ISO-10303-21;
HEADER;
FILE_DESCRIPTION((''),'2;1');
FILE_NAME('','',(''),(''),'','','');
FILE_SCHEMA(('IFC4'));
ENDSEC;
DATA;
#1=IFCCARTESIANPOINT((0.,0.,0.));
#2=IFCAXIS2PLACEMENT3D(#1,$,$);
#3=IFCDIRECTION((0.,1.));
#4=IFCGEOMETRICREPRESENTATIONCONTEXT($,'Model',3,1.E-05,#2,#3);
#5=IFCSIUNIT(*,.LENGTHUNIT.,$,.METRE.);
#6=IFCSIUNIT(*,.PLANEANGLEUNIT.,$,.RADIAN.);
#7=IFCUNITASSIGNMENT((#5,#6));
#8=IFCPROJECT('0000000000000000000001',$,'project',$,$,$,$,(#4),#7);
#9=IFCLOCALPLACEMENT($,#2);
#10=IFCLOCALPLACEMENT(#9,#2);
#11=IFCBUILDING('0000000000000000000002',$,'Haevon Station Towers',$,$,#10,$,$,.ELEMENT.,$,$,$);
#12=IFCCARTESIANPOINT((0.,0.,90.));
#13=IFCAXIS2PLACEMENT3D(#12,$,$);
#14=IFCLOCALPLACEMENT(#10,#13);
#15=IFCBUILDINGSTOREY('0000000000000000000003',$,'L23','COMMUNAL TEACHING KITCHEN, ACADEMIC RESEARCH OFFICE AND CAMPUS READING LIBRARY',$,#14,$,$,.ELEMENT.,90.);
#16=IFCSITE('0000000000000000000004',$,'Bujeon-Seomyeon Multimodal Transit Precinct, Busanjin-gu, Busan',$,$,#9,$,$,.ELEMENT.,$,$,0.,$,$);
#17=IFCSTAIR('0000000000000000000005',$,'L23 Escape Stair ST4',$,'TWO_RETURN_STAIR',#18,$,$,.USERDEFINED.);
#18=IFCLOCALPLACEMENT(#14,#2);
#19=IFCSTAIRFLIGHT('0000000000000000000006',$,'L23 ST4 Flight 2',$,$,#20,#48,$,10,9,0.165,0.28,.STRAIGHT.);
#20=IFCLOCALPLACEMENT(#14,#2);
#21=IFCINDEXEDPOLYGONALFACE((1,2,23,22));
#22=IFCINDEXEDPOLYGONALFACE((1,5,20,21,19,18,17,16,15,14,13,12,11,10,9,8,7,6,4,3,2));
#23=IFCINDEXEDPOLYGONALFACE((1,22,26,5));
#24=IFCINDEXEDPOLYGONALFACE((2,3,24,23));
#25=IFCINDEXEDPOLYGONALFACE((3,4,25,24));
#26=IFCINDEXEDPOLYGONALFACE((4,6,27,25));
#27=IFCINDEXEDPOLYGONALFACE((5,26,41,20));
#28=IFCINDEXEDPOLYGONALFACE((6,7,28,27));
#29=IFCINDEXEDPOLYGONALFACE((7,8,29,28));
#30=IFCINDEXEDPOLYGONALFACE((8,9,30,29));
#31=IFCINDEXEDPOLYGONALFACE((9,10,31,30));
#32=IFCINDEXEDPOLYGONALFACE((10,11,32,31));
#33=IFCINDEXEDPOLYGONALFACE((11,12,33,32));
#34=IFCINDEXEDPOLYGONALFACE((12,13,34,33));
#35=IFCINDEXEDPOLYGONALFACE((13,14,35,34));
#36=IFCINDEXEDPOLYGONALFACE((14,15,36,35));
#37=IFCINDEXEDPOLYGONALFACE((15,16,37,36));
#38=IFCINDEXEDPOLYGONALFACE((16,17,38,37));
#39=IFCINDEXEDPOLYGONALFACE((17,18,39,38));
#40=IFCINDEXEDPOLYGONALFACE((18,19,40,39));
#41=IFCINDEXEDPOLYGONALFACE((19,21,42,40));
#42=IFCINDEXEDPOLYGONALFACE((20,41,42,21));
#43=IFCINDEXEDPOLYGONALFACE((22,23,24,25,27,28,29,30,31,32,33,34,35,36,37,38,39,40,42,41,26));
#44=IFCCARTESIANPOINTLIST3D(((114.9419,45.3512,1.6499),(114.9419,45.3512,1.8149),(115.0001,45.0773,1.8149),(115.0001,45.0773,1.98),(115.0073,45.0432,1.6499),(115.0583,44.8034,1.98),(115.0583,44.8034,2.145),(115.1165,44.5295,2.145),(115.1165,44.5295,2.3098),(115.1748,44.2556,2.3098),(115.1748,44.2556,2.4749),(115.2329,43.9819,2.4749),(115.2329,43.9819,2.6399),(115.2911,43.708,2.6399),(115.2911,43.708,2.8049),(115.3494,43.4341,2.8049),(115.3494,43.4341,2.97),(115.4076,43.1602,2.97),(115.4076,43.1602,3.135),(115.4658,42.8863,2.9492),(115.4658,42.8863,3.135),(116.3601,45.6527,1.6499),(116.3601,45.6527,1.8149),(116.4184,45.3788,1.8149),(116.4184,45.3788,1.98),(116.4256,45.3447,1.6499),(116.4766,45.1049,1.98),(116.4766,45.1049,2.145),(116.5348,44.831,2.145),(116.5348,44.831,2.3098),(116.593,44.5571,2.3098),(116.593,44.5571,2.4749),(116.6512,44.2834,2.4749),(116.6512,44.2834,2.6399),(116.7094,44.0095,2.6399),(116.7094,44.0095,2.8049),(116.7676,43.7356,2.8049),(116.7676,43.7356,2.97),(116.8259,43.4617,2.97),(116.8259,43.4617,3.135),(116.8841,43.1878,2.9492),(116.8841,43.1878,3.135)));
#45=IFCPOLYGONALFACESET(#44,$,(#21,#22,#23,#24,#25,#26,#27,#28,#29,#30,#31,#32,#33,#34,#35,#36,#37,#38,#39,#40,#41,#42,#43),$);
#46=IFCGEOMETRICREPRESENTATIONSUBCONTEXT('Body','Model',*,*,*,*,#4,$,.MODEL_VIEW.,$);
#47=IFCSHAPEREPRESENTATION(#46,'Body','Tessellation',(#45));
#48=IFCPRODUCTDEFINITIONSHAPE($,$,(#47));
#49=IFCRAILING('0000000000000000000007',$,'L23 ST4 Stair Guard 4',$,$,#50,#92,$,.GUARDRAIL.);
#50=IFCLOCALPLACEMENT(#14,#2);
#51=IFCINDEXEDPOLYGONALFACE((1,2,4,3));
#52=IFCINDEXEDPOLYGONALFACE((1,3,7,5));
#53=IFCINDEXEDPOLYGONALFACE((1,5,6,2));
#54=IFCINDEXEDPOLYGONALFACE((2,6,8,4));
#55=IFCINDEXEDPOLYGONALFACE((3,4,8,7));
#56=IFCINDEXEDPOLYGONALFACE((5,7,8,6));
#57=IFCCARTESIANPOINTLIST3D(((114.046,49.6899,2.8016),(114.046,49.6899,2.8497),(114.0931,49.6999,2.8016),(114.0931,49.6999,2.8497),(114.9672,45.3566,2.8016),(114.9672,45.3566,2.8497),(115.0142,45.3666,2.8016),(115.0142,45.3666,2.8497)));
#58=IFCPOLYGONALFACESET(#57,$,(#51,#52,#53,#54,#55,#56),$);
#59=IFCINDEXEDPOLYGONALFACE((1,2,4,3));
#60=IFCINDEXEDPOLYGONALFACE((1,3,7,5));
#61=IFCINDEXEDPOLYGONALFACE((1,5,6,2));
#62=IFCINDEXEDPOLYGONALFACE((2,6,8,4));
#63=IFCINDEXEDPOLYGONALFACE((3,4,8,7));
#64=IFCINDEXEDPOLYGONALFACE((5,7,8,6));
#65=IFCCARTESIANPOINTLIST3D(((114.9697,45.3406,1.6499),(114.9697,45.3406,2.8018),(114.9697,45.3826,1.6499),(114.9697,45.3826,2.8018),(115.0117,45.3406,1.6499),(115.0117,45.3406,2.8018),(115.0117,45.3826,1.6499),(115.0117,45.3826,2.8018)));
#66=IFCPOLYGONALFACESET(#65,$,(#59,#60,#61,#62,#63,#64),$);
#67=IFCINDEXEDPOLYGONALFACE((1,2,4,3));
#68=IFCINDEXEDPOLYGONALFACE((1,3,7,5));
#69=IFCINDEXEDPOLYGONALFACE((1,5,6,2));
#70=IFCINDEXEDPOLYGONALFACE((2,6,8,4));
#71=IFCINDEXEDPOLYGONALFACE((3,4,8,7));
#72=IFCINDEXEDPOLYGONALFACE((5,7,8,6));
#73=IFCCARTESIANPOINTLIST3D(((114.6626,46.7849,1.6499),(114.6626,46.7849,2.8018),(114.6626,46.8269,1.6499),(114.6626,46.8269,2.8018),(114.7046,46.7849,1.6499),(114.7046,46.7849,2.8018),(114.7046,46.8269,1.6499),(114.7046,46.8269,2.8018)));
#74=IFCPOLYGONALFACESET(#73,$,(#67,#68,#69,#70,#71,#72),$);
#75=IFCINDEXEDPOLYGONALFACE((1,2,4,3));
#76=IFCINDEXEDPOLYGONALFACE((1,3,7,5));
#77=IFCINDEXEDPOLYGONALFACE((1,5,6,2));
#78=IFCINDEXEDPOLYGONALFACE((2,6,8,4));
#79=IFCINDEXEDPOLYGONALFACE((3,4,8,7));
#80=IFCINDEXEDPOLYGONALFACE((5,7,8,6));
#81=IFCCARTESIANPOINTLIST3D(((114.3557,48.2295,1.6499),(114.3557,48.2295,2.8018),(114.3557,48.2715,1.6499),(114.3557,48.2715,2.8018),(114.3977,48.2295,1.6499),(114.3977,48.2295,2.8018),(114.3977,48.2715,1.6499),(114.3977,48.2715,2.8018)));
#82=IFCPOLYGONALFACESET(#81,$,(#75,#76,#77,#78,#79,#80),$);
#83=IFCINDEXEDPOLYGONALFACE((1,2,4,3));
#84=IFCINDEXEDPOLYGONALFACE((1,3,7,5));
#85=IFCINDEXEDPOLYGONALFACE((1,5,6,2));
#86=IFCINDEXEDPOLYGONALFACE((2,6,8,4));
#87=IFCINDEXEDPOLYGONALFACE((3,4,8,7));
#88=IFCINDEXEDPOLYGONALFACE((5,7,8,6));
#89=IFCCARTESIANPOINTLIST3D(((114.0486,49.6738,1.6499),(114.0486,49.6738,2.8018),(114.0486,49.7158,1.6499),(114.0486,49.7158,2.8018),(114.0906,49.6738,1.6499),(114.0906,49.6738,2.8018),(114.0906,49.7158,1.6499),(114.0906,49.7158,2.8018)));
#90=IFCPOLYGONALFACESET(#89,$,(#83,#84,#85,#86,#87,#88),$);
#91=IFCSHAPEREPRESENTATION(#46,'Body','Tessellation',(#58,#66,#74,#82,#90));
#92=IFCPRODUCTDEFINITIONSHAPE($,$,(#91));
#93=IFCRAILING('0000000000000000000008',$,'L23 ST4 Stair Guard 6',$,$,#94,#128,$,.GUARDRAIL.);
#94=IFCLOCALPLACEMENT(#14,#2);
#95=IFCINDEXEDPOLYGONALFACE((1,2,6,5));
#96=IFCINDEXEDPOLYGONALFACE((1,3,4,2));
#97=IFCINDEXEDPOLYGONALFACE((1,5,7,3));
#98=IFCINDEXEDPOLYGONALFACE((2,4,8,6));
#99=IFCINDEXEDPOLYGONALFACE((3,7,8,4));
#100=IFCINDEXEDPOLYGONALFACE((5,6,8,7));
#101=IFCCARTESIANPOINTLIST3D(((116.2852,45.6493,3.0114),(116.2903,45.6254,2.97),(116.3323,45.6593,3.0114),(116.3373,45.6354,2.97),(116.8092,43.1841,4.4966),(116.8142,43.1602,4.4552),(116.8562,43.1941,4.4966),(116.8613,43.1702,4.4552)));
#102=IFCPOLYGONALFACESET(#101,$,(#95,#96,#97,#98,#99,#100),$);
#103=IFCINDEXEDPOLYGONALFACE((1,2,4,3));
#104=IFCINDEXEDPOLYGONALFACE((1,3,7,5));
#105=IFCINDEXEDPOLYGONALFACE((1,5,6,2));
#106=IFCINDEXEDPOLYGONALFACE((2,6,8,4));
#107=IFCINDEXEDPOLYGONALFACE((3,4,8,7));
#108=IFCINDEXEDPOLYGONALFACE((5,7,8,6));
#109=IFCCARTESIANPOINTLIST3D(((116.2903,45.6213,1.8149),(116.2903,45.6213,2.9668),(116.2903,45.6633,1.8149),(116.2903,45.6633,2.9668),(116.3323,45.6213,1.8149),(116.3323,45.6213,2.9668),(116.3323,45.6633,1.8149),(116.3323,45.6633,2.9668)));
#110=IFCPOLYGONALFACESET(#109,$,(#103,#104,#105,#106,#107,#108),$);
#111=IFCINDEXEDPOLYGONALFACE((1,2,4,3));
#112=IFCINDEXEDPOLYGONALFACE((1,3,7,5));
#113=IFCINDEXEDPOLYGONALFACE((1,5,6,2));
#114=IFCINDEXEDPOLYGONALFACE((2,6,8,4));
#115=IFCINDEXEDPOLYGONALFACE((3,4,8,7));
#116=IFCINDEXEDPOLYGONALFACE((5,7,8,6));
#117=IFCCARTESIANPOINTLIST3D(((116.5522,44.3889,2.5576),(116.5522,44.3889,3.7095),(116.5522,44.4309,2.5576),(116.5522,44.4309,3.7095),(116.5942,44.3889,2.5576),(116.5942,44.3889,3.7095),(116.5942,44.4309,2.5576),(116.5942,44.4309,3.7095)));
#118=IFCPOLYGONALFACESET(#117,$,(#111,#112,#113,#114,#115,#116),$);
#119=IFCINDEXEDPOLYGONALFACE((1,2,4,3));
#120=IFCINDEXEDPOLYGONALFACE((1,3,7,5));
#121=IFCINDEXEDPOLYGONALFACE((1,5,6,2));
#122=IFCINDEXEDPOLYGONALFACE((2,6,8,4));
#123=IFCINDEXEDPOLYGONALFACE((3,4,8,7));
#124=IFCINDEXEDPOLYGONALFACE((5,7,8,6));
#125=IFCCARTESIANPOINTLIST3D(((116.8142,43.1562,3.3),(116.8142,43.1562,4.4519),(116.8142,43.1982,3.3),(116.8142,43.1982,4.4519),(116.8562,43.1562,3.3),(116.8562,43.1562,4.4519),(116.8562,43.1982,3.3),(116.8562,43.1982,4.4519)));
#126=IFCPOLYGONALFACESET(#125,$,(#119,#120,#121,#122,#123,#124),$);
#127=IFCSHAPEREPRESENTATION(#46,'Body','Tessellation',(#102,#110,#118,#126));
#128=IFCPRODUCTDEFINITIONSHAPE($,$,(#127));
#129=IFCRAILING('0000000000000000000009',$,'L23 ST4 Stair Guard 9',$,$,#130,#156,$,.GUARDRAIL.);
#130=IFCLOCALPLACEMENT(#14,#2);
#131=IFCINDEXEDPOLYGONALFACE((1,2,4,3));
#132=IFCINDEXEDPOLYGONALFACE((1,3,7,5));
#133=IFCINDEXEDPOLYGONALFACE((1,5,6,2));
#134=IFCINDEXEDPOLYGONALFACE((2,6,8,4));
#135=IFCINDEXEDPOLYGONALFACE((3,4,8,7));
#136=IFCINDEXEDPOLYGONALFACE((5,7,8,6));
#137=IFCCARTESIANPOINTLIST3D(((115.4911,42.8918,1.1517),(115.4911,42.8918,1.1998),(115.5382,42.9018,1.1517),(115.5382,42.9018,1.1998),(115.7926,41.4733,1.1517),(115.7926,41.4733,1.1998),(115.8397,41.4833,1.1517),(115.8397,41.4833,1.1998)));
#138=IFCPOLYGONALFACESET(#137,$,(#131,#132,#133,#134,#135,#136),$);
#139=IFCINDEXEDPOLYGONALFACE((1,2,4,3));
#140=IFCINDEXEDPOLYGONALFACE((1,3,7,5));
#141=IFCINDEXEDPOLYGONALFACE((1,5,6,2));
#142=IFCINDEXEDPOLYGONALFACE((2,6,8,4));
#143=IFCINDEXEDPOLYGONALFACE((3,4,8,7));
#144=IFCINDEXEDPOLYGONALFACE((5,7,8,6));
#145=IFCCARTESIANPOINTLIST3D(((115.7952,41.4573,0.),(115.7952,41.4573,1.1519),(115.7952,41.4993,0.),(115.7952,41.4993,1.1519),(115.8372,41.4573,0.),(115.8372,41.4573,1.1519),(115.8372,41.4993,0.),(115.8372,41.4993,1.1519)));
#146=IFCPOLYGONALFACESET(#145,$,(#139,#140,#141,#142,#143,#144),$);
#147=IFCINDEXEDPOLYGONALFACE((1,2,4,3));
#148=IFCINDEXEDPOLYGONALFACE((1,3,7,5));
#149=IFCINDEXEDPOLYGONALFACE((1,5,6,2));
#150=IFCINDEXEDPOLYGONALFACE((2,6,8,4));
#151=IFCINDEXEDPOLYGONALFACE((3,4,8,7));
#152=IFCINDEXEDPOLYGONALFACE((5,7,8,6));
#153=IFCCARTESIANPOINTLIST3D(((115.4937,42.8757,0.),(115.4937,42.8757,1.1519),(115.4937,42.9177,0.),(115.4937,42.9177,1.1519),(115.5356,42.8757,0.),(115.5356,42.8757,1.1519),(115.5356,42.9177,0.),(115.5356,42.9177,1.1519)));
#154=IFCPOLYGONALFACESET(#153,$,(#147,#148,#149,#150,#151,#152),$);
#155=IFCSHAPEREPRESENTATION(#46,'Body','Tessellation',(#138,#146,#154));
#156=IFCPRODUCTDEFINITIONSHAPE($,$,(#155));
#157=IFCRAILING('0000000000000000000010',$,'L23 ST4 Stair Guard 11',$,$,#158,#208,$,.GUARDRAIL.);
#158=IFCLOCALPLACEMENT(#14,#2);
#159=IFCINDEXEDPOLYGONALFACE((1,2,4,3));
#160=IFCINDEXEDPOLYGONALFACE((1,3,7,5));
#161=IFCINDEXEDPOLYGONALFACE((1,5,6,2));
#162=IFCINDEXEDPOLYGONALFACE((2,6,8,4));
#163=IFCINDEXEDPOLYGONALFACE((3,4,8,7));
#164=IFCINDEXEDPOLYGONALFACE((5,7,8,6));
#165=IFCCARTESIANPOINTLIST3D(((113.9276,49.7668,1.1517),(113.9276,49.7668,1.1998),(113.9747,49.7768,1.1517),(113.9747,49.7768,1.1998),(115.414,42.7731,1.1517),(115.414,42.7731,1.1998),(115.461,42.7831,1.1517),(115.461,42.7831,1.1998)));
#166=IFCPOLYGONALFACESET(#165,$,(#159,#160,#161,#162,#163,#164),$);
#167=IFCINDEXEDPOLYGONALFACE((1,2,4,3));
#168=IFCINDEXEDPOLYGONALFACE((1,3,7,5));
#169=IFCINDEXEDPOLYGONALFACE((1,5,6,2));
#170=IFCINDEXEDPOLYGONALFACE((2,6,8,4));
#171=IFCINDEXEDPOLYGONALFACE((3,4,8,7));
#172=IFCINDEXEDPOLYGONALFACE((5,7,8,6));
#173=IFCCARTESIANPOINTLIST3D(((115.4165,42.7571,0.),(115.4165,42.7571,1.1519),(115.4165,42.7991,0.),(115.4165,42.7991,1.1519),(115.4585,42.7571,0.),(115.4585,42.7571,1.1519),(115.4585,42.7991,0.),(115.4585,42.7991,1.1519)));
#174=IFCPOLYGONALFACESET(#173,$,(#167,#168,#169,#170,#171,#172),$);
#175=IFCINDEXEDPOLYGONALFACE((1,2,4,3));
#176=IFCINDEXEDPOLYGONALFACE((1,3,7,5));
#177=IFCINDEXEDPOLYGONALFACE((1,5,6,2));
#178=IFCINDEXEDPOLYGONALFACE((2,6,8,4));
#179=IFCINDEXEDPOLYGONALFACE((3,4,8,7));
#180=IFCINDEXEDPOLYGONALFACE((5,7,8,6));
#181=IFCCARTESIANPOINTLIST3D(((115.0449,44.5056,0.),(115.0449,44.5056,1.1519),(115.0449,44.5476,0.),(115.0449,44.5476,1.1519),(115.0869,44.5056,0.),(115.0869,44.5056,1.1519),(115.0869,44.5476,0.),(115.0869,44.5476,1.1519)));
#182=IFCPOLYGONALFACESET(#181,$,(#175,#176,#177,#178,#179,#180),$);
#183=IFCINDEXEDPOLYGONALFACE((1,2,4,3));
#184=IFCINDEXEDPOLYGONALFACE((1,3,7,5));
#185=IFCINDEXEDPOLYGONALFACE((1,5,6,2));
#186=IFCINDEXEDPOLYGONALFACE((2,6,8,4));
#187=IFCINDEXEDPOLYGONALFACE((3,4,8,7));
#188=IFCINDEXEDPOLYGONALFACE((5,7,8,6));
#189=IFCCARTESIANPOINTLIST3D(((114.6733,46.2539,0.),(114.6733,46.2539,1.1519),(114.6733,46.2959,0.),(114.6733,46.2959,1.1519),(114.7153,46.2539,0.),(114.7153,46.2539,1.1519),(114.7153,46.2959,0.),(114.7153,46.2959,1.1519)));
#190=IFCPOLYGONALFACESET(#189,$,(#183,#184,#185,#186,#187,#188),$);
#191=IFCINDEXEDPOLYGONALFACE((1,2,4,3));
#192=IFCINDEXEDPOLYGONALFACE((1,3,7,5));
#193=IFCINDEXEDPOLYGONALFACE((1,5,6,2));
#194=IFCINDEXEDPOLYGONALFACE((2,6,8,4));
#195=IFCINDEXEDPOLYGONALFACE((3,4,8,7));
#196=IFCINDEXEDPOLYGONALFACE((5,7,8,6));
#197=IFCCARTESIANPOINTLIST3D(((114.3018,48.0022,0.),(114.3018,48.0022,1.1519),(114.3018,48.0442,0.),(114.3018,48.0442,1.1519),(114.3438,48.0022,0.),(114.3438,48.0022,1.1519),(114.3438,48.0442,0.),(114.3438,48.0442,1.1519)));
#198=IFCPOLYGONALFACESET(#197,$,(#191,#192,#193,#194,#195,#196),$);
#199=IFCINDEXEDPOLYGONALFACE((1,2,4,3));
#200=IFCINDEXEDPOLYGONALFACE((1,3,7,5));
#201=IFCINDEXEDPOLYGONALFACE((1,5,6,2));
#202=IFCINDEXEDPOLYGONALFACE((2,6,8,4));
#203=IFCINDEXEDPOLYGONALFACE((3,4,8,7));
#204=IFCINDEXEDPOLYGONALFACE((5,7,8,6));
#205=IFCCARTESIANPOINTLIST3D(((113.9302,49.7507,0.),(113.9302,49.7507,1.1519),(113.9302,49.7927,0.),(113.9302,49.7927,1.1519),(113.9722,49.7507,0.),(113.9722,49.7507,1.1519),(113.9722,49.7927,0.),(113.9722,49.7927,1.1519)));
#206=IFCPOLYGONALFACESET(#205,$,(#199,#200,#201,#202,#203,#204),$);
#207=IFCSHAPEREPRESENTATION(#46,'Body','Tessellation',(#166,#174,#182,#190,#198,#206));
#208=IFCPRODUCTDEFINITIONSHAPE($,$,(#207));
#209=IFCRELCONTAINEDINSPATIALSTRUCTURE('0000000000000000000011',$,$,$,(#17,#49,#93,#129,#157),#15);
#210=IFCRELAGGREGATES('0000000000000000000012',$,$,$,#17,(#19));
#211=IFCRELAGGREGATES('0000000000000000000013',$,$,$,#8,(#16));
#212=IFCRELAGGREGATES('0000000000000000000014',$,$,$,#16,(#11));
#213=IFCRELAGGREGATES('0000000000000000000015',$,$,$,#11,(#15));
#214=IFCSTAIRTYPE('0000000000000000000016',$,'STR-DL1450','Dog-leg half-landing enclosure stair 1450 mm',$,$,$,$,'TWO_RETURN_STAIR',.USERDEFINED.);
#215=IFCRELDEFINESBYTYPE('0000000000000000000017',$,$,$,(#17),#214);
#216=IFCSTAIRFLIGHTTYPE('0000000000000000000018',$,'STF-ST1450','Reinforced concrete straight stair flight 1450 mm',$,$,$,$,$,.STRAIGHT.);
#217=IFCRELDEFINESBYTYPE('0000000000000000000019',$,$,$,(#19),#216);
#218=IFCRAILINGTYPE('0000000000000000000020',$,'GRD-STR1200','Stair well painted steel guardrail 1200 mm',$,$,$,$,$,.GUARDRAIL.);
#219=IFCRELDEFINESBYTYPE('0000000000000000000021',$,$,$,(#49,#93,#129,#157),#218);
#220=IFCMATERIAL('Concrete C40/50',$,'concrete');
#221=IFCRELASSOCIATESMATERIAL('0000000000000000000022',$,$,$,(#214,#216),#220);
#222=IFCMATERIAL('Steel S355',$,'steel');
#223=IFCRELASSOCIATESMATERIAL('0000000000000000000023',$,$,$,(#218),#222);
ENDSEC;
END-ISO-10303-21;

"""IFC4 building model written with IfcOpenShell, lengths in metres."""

from ifc_helpers import new_model, si_unit, direction, frame, origin, origin_2d, place, context, subcontext, project, spatial, polyline, rectangle, outline, extrude, material, type_object, element, aggregate, save


model = new_model("IFC4")

# Units and contexts
model_context = context("Model", 3, precision=1e-05, world=origin(), true_north=direction((0.0, 1.0)))
body_context = subcontext(model_context, "Body", "Model", "MODEL_VIEW")
ifc_project = project(units=[si_unit("LENGTHUNIT", "METRE"), si_unit("PLANEANGLEUNIT", "RADIAN")], contexts=[model_context])

# Site, building, storey
site_placement = place(None, origin())
site = spatial("IfcSite", under=ifc_project, at=site_placement, Name="Bujeon-Seomyeon Multimodal Transit Precinct, Busanjin-gu, Busan", CompositionType="ELEMENT", RefElevation=0.0)
building_placement = place(site_placement, origin())
building = spatial("IfcBuilding", under=site, at=building_placement, Name="Haevon Station Towers", CompositionType="ELEMENT")
storey_placement = place(building_placement, frame((0.0, 0.0, 90.0)))
storey = spatial("IfcBuildingStorey", under=building, at=storey_placement, Name="L23", Description="COMMUNAL TEACHING KITCHEN, ACADEMIC RESEARCH OFFICE AND CAMPUS READING LIBRARY", CompositionType="ELEMENT", Elevation=90.0)

# Shared definitions
ifc_material_1 = material(Name="Concrete C40/50", Category="concrete")

# Stair, stair flight
stair_type = type_object("IfcStairType", Name="STR-DL1450", Description="Dog-leg half-landing enclosure stair 1450 mm", ElementType="TWO_RETURN_STAIR", PredefinedType="USERDEFINED", material=ifc_material_1)
stair_placement = place(storey_placement, origin())
stair = element("IfcStair", 1, at=stair_placement, inside=storey, type_object=stair_type, Name="L23 Escape Stair ST4", ObjectType="TWO_RETURN_STAIR", PredefinedType="USERDEFINED")
stair_flight_type = type_object("IfcStairFlightType", Name="STF-ST1450", Description="Reinforced concrete straight stair flight 1450 mm", PredefinedType="STRAIGHT", material=ifc_material_1)
stair_flight_placement = place(storey_placement, frame((115.6509, 45.502, 1.6499), z_axis=(0.0, 0.0, 1.0), x_axis=(0.207912, -0.978148, 0.0)))
stair_flight = element("IfcStairFlight", 2, at=stair_flight_placement, type_object=stair_flight_type, Name="L23 ST4 Flight 2", NumberOfRisers=10, NumberOfTreads=9, PredefinedType="STRAIGHT", RiserHeight=0.165, TreadLength=0.28, context=body_context, shape_type="SweptSolid", body=[
    extrude(outline(polyline([(0.0, 0.0), (0.0, 0.165), (0.28, 0.165), (0.28, 0.3301), (0.5601, 0.3301), (0.5601, 0.4951), (0.8401, 0.4951), (0.8401, 0.6599), (1.1201, 0.6599), (1.1201, 0.825), (1.3999, 0.825), (1.3999, 0.99), (1.6799, 0.99), (1.6799, 1.155), (1.96, 1.155), (1.96, 1.3201), (2.24, 1.3201), (2.24, 1.4851), (2.52, 1.4851), (2.52, 1.6499), (2.52, 1.2993), (0.3149, 0.0), (0.0, 0.0)])), frame((0.0, 0.7251, 0.0), z_axis=(0.0, -1.0, 0.0), x_axis=(1.0, 0.0, 0.0)), (0.0, 0.0, 1.0), 1.45),
])
aggregate(stair, [stair_flight])

# Railings
ifc_material_2 = material(Name="Steel S355", Category="steel")
railing_type_1 = type_object("IfcRailingType", Name="GRD-STR1200", Description="Stair well painted steel guardrail 1200 mm", PredefinedType="GUARDRAIL", material=ifc_material_2)
railing_1_placement = place(storey_placement, frame((114.9907, 45.3616, 1.6499)))
element("IfcRailing", 3, at=railing_1_placement, inside=storey, type_object=railing_type_1, Name="L23 ST4 Stair Guard 4", PredefinedType="GUARDRAIL", context=body_context, shape_type="SweptSolid", body=[
    extrude(rectangle(XDim=0.0481, YDim=0.0481, at=origin_2d()), frame((0.0, 0.0, 1.1758), z_axis=(-0.207929, 0.978144, 0.0), x_axis=(-0.978144, -0.207929, 0.0)), (0.0, 0.0, 1.0), 4.4302),
    extrude(rectangle(XDim=0.042, YDim=0.042, at=origin_2d()), origin(), (0.0, 0.0, 1.0), 1.1519),
    extrude(rectangle(XDim=0.042, YDim=0.042, at=origin_2d()), frame((-0.3071, 1.4443, 0.0)), (0.0, 0.0, 1.0), 1.1519),
    extrude(rectangle(XDim=0.042, YDim=0.042, at=origin_2d()), frame((-0.614, 2.8889, 0.0)), (0.0, 0.0, 1.0), 1.1519),
    extrude(rectangle(XDim=0.042, YDim=0.042, at=origin_2d()), frame((-0.9211, 4.3333, 0.0)), (0.0, 0.0, 1.0), 1.1519),
])
railing_2_placement = place(storey_placement, frame((116.3113, 45.6423, 1.8149)))
element("IfcRailing", 4, at=railing_2_placement, inside=storey, type_object=railing_type_1, Name="L23 ST4 Stair Guard 6", PredefinedType="GUARDRAIL", context=body_context, shape_type="SweptSolid", body=[
    extrude(rectangle(XDim=0.0481, YDim=0.0481, at=origin_2d()), frame((0.0, 0.0, 1.1758), z_axis=(0.179109, -0.842712, 0.507697), x_axis=(0.978151, 0.207895, 0.0)), (0.0, 0.0, 1.0), 2.9253),
    extrude(rectangle(XDim=0.042, YDim=0.042, at=origin_2d()), origin(), (0.0, 0.0, 1.0), 1.1519),
    extrude(rectangle(XDim=0.042, YDim=0.042, at=origin_2d()), frame((0.262, -1.2324, 0.7427)), (0.0, 0.0, 1.0), 1.1519),
    extrude(rectangle(XDim=0.042, YDim=0.042, at=origin_2d()), frame((0.5239, -2.4651, 1.4851)), (0.0, 0.0, 1.0), 1.1519),
])
railing_3_placement = place(storey_placement, frame((115.8162, 41.4783, 0.0)))
element("IfcRailing", 5, at=railing_3_placement, inside=storey, type_object=railing_type_1, Name="L23 ST4 Stair Guard 9", PredefinedType="GUARDRAIL", context=body_context, shape_type="SweptSolid", body=[
    extrude(rectangle(XDim=0.0481, YDim=0.0481, at=origin_2d()), frame((0.0, 0.0, 1.1758), z_axis=(-0.207919, 0.978146, 0.0), x_axis=(-0.978146, -0.207919, 0.0)), (0.0, 0.0, 1.0), 1.4502),
    extrude(rectangle(XDim=0.042, YDim=0.042, at=origin_2d()), origin(), (0.0, 0.0, 1.0), 1.1519),
    extrude(rectangle(XDim=0.042, YDim=0.042, at=origin_2d()), frame((-0.3015, 1.4185, 0.0)), (0.0, 0.0, 1.0), 1.1519),
])
railing_4_placement = place(storey_placement, frame((115.4375, 42.7781, 0.0)))
element("IfcRailing", 6, at=railing_4_placement, inside=storey, type_object=railing_type_1, Name="L23 ST4 Stair Guard 11", PredefinedType="GUARDRAIL", context=body_context, shape_type="SweptSolid", body=[
    extrude(rectangle(XDim=0.0481, YDim=0.0481, at=origin_2d()), frame((0.0, 0.0, 1.1758), z_axis=(-0.207882, 0.978154, 0.0), x_axis=(-0.978154, -0.207882, 0.0)), (0.0, 0.0, 1.0), 7.1499),
    extrude(rectangle(XDim=0.042, YDim=0.042, at=origin_2d()), origin(), (0.0, 0.0, 1.0), 1.1519),
    extrude(rectangle(XDim=0.042, YDim=0.042, at=origin_2d()), frame((-0.3716, 1.7485, 0.0)), (0.0, 0.0, 1.0), 1.1519),
    extrude(rectangle(XDim=0.042, YDim=0.042, at=origin_2d()), frame((-0.7432, 3.4968, 0.0)), (0.0, 0.0, 1.0), 1.1519),
    extrude(rectangle(XDim=0.042, YDim=0.042, at=origin_2d()), frame((-1.1147, 5.2451, 0.0)), (0.0, 0.0, 1.0), 1.1519),
    extrude(rectangle(XDim=0.042, YDim=0.042, at=origin_2d()), frame((-1.4863, 6.9937, 0.0)), (0.0, 0.0, 1.0), 1.1519),
])

save(model, "model.ifc")
